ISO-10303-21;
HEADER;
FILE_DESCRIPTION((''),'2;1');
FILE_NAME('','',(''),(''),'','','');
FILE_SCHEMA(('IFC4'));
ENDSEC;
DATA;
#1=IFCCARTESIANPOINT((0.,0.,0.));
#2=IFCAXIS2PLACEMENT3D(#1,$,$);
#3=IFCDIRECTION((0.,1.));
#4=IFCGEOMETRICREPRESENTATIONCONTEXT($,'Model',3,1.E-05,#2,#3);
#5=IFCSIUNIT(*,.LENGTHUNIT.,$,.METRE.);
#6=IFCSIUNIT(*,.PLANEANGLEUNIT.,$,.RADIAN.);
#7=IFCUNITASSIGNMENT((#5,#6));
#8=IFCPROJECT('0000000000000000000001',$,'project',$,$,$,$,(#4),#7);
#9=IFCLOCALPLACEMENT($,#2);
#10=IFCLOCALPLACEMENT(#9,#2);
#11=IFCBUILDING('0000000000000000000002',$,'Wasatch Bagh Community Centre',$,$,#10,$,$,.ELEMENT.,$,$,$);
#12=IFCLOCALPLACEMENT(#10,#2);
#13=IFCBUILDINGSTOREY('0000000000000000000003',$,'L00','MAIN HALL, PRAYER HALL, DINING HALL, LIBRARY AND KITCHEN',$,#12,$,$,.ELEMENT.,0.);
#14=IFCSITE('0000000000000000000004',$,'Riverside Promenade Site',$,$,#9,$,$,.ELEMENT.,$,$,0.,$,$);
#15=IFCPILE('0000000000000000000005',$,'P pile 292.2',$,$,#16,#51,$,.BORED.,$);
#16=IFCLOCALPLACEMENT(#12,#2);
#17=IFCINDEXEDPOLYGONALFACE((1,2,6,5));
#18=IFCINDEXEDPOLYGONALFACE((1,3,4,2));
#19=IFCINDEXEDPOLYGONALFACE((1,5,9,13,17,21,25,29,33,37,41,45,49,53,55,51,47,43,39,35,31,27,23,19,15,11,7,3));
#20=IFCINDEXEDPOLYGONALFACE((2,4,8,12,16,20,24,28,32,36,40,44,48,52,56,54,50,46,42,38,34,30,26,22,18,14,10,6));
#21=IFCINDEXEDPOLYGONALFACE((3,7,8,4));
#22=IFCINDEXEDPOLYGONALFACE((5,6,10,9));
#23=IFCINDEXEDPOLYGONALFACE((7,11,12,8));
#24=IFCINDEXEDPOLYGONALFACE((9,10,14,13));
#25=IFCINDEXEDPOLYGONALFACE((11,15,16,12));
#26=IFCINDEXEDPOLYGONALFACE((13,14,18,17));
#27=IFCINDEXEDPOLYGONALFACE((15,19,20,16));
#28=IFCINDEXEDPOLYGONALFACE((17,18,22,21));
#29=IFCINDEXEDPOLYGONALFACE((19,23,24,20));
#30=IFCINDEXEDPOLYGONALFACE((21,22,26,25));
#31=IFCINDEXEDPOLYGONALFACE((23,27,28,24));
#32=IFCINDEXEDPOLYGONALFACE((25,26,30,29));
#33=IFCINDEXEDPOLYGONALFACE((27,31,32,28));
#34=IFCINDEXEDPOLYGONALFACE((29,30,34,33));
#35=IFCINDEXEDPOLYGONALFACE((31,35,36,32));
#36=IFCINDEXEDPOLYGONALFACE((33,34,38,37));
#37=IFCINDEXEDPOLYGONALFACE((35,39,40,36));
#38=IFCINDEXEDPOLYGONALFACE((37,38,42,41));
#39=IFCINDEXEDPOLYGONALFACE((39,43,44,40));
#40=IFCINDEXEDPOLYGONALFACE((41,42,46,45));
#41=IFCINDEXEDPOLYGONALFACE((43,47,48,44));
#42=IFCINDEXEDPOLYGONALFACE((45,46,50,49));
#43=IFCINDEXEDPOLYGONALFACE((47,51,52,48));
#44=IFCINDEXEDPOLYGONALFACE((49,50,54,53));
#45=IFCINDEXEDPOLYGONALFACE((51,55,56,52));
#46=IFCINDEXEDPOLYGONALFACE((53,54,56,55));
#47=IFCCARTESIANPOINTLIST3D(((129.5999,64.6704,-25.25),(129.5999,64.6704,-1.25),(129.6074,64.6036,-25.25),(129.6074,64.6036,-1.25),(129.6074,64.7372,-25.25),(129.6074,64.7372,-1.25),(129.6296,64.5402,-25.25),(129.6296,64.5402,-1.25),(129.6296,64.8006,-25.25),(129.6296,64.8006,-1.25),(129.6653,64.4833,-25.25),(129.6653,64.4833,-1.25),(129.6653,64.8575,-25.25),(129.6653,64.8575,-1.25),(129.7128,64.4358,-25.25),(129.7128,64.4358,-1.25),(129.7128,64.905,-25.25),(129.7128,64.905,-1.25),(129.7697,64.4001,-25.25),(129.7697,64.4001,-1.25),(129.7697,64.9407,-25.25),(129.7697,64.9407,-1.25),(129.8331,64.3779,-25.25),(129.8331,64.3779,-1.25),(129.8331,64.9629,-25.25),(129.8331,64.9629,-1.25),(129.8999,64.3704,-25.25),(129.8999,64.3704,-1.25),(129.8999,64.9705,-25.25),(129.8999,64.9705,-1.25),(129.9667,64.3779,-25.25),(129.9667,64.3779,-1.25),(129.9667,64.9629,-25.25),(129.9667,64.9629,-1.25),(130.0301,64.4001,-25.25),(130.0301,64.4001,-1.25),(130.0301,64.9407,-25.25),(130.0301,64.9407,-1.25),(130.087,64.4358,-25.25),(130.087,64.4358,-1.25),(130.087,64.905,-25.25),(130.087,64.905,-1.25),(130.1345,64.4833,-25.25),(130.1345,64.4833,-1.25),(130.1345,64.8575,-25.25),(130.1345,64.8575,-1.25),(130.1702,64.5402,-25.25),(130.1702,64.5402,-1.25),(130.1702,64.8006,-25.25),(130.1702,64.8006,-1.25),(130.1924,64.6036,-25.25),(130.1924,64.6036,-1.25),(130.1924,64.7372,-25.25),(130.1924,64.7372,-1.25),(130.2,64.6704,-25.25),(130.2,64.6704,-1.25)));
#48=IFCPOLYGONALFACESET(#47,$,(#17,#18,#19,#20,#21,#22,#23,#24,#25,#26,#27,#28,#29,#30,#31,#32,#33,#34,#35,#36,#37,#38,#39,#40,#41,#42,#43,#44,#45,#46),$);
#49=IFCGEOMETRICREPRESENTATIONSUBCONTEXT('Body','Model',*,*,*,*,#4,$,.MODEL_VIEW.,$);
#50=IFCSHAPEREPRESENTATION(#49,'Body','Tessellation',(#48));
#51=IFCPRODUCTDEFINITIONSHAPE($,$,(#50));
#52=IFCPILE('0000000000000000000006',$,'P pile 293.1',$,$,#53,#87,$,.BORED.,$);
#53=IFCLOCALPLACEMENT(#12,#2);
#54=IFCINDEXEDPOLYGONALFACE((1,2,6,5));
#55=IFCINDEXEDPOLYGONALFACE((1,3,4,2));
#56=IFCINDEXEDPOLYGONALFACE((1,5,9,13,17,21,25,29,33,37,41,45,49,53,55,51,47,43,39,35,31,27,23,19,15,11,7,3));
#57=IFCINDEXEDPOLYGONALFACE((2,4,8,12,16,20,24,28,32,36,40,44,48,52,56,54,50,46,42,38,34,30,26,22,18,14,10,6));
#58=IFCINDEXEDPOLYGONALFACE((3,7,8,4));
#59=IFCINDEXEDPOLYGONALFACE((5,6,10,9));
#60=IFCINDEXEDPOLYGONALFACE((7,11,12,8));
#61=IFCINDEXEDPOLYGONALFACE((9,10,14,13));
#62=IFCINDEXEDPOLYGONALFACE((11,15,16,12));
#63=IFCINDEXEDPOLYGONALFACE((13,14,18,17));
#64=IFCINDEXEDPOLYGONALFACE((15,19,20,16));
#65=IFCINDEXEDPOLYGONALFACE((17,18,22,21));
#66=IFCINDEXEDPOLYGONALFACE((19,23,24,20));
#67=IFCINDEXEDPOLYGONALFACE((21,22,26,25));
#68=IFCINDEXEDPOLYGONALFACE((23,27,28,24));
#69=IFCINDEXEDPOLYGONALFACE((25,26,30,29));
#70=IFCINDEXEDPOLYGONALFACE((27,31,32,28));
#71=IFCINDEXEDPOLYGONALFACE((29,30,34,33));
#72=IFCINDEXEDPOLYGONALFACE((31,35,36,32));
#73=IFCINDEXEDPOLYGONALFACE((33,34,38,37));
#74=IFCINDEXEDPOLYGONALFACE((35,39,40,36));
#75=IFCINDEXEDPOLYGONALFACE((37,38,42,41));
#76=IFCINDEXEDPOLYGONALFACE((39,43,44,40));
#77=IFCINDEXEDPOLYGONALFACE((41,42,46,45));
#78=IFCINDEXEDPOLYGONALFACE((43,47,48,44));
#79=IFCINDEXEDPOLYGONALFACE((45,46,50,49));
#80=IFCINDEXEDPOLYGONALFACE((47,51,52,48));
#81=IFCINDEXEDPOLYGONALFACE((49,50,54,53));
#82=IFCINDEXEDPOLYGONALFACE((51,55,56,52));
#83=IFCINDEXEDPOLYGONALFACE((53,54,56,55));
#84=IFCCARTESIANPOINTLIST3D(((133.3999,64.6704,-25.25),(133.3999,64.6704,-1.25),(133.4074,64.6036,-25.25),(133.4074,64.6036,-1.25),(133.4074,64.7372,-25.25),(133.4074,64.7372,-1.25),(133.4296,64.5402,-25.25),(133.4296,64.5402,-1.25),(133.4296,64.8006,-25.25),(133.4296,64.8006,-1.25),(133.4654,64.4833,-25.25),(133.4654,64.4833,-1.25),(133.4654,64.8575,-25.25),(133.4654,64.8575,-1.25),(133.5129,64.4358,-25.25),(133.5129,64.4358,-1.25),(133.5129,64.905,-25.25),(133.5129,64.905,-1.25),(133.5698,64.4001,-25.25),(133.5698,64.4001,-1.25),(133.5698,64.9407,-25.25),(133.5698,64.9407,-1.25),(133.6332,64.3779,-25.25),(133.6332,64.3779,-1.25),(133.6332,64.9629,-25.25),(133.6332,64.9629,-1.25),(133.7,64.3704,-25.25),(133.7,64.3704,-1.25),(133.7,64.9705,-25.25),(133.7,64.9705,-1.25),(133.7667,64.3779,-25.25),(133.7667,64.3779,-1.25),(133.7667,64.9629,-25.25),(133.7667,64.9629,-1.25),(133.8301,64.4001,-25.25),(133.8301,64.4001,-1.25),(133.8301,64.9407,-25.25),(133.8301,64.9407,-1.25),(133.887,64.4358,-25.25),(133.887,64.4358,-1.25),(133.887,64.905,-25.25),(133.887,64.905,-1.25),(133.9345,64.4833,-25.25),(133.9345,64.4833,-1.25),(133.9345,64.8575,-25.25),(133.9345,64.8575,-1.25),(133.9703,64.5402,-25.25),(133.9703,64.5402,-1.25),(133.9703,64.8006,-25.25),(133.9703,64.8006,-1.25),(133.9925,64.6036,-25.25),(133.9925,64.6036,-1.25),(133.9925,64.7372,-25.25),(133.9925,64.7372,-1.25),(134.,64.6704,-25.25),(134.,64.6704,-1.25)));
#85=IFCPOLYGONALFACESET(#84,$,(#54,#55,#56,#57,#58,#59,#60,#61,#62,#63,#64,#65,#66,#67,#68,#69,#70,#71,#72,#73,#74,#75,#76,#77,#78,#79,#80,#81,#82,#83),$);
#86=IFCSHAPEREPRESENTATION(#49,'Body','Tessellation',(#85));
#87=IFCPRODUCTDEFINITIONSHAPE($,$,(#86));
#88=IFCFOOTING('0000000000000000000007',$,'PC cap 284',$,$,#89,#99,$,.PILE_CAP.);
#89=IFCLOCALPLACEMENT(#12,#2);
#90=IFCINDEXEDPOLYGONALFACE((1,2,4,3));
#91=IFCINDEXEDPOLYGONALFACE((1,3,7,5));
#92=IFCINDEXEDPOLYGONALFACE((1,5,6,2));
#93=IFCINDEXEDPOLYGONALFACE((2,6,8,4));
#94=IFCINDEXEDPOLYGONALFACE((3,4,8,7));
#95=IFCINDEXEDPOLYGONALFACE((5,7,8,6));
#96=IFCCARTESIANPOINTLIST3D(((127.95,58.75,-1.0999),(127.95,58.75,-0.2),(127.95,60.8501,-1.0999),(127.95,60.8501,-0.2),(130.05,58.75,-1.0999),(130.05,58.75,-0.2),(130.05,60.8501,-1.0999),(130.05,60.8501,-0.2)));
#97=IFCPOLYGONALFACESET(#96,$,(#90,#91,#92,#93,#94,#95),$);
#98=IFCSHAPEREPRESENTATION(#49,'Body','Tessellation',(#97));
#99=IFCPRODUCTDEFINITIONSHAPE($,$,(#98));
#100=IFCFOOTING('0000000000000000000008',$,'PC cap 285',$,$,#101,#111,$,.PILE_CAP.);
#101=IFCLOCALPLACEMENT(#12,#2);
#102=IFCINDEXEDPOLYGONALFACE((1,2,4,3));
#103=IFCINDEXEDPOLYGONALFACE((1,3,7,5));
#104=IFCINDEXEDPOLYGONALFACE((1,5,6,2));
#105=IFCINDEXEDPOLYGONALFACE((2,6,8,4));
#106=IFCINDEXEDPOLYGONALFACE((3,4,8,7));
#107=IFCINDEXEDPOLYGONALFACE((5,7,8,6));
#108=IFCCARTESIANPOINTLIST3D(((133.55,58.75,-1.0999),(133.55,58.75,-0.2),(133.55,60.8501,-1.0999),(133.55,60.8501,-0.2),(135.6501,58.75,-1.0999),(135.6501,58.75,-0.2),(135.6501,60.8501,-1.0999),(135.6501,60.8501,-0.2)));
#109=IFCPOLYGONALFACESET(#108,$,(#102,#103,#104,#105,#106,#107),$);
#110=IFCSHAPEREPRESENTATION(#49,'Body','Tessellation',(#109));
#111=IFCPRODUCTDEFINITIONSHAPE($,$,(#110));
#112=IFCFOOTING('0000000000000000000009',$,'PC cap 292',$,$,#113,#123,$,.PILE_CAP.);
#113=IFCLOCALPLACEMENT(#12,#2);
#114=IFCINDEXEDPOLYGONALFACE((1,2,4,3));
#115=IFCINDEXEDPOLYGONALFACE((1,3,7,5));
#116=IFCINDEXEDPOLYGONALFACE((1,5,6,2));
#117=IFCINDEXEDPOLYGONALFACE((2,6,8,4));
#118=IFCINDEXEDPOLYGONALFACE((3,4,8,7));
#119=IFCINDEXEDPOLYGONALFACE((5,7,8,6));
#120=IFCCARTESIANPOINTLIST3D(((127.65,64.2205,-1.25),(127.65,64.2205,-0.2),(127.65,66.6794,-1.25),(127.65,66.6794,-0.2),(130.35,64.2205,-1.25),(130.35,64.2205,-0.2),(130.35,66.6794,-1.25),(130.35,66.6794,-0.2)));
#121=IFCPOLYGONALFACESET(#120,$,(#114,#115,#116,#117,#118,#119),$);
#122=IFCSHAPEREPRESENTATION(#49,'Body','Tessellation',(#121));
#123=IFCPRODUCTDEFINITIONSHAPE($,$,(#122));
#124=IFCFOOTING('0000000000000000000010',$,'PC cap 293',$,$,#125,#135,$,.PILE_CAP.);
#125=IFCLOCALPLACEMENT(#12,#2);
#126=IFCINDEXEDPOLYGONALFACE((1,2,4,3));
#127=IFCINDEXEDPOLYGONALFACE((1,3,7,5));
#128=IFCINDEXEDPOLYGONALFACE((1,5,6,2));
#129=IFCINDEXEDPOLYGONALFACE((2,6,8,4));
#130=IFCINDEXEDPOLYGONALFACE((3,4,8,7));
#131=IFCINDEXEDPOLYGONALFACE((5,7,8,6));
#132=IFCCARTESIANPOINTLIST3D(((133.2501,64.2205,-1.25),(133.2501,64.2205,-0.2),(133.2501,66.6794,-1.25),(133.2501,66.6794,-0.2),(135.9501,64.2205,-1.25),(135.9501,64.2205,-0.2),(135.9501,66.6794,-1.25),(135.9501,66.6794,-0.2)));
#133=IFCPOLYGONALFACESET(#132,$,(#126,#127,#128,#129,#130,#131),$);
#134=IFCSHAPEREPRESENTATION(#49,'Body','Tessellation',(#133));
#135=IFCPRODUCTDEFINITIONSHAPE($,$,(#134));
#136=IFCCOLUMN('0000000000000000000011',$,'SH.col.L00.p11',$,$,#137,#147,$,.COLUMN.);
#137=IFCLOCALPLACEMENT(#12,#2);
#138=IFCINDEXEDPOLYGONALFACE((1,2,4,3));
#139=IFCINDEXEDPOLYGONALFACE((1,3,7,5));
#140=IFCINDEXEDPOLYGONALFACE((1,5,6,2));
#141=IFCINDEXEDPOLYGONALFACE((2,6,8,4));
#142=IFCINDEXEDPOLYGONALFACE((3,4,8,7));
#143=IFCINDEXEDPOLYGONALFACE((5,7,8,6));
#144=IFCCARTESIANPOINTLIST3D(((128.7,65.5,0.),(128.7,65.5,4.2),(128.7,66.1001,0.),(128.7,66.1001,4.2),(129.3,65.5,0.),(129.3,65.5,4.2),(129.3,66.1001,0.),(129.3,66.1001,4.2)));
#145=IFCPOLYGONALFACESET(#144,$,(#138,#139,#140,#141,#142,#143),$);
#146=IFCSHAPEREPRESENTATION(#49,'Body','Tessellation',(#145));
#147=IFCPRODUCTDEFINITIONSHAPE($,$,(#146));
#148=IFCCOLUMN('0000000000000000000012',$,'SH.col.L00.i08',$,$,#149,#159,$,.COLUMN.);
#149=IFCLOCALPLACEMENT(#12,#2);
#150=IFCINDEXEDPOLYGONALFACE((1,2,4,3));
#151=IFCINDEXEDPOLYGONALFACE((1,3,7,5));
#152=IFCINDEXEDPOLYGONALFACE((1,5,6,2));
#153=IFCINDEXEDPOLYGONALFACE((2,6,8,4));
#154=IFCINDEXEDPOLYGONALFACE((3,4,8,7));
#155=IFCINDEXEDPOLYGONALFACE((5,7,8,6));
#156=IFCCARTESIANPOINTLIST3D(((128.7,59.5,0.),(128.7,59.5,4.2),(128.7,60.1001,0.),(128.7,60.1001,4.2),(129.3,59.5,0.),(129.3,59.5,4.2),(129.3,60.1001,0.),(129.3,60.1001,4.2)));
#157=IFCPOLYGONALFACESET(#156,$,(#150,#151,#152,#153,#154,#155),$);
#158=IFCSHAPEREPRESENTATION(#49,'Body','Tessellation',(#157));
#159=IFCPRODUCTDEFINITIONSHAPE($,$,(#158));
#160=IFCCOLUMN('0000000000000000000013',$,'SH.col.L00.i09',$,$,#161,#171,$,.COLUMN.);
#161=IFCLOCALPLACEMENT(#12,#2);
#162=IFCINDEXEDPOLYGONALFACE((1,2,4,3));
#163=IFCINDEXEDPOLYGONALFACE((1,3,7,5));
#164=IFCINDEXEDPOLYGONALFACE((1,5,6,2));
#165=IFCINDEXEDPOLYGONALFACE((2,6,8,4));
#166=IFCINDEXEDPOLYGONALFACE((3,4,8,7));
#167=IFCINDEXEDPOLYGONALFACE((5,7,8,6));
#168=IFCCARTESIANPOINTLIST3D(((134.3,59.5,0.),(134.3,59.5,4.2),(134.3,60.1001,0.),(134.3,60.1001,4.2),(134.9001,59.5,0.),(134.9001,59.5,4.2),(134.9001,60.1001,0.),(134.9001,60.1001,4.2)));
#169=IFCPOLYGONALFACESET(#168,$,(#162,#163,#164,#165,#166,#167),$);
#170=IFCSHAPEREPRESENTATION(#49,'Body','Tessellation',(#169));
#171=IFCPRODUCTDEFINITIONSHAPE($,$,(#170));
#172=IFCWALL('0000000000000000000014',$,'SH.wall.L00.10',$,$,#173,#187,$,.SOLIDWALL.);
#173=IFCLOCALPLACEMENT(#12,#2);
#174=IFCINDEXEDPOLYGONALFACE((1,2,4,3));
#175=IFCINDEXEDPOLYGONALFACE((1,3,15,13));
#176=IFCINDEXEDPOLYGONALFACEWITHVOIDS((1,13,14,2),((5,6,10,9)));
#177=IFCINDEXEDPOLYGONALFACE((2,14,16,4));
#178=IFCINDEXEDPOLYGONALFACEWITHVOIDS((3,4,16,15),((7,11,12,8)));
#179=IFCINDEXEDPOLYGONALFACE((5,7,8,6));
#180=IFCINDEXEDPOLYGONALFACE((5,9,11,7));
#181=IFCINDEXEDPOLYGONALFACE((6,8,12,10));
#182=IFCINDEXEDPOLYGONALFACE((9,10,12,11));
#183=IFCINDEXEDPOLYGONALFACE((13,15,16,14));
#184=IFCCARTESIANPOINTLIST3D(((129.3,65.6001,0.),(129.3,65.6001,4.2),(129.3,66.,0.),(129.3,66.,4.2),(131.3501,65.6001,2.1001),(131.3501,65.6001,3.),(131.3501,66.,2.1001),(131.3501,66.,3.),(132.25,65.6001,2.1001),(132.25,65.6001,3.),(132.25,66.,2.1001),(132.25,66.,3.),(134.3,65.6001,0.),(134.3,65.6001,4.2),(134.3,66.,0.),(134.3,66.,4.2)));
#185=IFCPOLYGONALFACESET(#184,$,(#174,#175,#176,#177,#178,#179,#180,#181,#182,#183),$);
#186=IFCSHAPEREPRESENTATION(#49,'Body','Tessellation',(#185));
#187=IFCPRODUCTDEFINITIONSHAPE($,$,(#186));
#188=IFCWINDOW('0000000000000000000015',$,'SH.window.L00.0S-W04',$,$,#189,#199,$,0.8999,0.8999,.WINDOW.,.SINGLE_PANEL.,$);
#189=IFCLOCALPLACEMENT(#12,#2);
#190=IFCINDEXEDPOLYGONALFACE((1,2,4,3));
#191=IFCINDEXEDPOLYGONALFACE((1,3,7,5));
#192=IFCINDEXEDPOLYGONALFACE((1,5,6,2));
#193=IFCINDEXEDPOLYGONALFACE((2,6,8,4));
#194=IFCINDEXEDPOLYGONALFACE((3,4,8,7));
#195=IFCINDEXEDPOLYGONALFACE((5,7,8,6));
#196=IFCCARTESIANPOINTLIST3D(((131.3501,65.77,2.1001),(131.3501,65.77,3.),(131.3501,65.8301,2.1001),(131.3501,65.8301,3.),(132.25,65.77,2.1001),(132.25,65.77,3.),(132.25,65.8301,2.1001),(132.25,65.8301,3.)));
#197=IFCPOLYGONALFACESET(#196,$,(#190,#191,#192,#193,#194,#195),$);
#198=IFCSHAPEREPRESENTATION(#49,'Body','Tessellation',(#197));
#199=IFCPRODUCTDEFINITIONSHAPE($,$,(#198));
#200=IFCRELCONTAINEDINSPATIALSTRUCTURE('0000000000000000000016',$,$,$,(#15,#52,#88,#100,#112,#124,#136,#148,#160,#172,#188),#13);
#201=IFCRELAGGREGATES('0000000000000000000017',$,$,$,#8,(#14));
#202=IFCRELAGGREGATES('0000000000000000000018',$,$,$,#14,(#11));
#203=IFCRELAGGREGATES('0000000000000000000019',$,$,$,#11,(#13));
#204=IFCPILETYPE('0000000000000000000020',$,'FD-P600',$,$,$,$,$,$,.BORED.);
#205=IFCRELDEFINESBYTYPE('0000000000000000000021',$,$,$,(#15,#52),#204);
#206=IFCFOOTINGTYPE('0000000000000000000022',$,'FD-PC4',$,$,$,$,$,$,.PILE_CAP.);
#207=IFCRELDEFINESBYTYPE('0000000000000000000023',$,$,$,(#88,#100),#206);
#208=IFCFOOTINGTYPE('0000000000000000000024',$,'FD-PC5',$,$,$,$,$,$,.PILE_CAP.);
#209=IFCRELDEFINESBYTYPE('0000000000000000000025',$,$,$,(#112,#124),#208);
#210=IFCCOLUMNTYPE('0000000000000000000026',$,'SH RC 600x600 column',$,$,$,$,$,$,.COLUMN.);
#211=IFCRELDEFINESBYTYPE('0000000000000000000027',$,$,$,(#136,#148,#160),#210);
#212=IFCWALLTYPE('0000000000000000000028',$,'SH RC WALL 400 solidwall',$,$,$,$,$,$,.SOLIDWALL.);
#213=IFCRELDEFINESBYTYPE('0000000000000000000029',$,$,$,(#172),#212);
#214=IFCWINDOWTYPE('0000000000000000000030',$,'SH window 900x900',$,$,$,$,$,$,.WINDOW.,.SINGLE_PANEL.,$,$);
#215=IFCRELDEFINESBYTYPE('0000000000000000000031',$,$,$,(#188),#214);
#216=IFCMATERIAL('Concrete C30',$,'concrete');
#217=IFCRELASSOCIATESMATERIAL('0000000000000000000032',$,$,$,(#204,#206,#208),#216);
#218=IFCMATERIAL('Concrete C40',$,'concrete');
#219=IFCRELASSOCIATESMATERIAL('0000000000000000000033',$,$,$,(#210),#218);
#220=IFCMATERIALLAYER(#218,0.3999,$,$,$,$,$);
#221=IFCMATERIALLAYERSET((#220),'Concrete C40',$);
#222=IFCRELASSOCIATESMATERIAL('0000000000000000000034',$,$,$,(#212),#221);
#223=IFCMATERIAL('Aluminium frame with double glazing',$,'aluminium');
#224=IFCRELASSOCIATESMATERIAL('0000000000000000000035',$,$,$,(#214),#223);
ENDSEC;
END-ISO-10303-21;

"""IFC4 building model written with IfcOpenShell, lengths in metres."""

from ifc_helpers import new_model, si_unit, direction, frame, frame_2d, origin, origin_2d, place, context, subcontext, project, spatial, rectangle, circle, extrude, material, layer, layer_set, material_profile, profile_set, type_object, element, fill, save


model = new_model("IFC4")

# Units and contexts
model_context = context("Model", 3, precision=1e-05, world=origin(), true_north=direction((0.0, 1.0)))
body_context = subcontext(model_context, "Body", "Model", "MODEL_VIEW")
ifc_project = project(units=[si_unit("LENGTHUNIT", "METRE"), si_unit("PLANEANGLEUNIT", "RADIAN")], contexts=[model_context])

# Site, building, storey
site_placement = place(None, origin())
site = spatial("IfcSite", under=ifc_project, at=site_placement, Name="Riverside Promenade Site", CompositionType="ELEMENT", RefElevation=0.0)
building_placement = place(site_placement, origin())
building = spatial("IfcBuilding", under=site, at=building_placement, Name="Wasatch Bagh Community Centre", CompositionType="ELEMENT")
storey_placement = place(building_placement, origin())
storey = spatial("IfcBuildingStorey", under=building, at=storey_placement, Name="L00", Description="MAIN HALL, PRAYER HALL, DINING HALL, LIBRARY AND KITCHEN", CompositionType="ELEMENT", Elevation=0.0)

# Piles
ifc_material_1 = material(Name="Concrete C30", Category="concrete")
ifc_material_profile_1 = material_profile(ifc_material_1, circle(Radius=0.3, at=origin_2d()), Name="RC D600")
ifc_profile_set_1 = profile_set([ifc_material_profile_1], Name="Concrete C30")
pile_type_1 = type_object("IfcPileType", Name="FD-P600", PredefinedType="BORED", material=ifc_profile_set_1)
for number, where, z_axis, x_axis, name in (
    (1, (129.8999, 64.6704, -1.25), (0.0, 0.0, -1.0), (1.0, 0.0, 0.0), "P pile 292.2"),
    (2, (133.7, 64.6704, -1.25), (0.0, 0.0, -1.0), (1.0, 0.0, 0.0), "P pile 293.1"),
):
    element("IfcPile", number, at=place(storey_placement, frame(where, z_axis=z_axis, x_axis=x_axis)), inside=storey, type_object=pile_type_1, Name=name, PredefinedType="BORED", context=body_context, shape_type="SweptSolid", body=[
        extrude(circle(Radius=0.3, at=origin_2d()), origin(), (0.0, 0.0, 1.0), 24.0),
    ])

# Footings
footing_type_1 = type_object("IfcFootingType", Name="FD-PC4", PredefinedType="PILE_CAP", material=ifc_material_1)
for number, where, z_axis, x_axis, name in (
    (3, (129.0, 59.8, -1.0999), (0.0, 0.0, 1.0), (1.0, 0.0, 0.0), "PC cap 284"),
    (4, (134.6001, 59.8, -1.0999), (0.0, 0.0, 1.0), (1.0, 0.0, 0.0), "PC cap 285"),
):
    element("IfcFooting", number, at=place(storey_placement, frame(where, z_axis=z_axis, x_axis=x_axis)), inside=storey, type_object=footing_type_1, Name=name, PredefinedType="PILE_CAP", context=body_context, shape_type="SweptSolid", body=[
        extrude(rectangle(XDim=2.1001, YDim=2.1001, at=origin_2d()), origin(), (0.0, 0.0, 1.0), 0.8999),
    ])
footing_type_2 = type_object("IfcFootingType", Name="FD-PC5", PredefinedType="PILE_CAP", material=ifc_material_1)
for number, where, z_axis, x_axis, name in (
    (5, (129.0, 65.45, -1.25), (0.0, 0.0, 1.0), (1.0, 0.0, 0.0), "PC cap 292"),
    (6, (134.6001, 65.45, -1.25), (0.0, 0.0, 1.0), (1.0, 0.0, 0.0), "PC cap 293"),
):
    element("IfcFooting", number, at=place(storey_placement, frame(where, z_axis=z_axis, x_axis=x_axis)), inside=storey, type_object=footing_type_2, Name=name, PredefinedType="PILE_CAP", context=body_context, shape_type="SweptSolid", body=[
        extrude(rectangle(XDim=2.7, YDim=2.459, at=origin_2d()), origin(), (0.0, 0.0, 1.0), 1.05),
    ])

# Columns
ifc_material_2 = material(Name="Concrete C40", Category="concrete")
ifc_material_profile_2 = material_profile(ifc_material_2, rectangle(XDim=0.6001, YDim=0.6001, at=origin_2d()), Name="RC 600x600")
ifc_profile_set_2 = profile_set([ifc_material_profile_2], Name="Concrete C40")
column_type = type_object("IfcColumnType", Name="SH RC 600x600 column", PredefinedType="COLUMN", material=ifc_profile_set_2)
for number, where, z_axis, x_axis, name in (
    (7, (129.0, 65.8, 0.0), (0.0, 0.0, 1.0), (1.0, 0.0, 0.0), "SH.col.L00.p11"),
    (8, (129.0, 59.8, 0.0), (0.0, 0.0, 1.0), (1.0, 0.0, 0.0), "SH.col.L00.i08"),
    (9, (134.6001, 59.8, 0.0), (0.0, 0.0, 1.0), (1.0, 0.0, 0.0), "SH.col.L00.i09"),
):
    element("IfcColumn", number, at=place(storey_placement, frame(where, z_axis=z_axis, x_axis=x_axis)), inside=storey, type_object=column_type, Name=name, PredefinedType="COLUMN", context=body_context, shape_type="SweptSolid", body=[
        extrude(rectangle(XDim=0.6001, YDim=0.6001, at=origin_2d()), origin(), (0.0, 0.0, 1.0), 4.2),
    ])

# Wall, opening, window
ifc_layer_1 = layer(ifc_material_2, 0.3999)
ifc_layer_set_1 = layer_set([ifc_layer_1], Name="Concrete C40")
wall_type_1 = type_object("IfcWallType", Name="SH RC WALL 400 solidwall", PredefinedType="SOLIDWALL", material=ifc_layer_set_1)
wall_1_placement = place(storey_placement, frame((129.3, 65.8, 0.0), z_axis=(0.0, 0.0, 1.0), x_axis=(1.0, 0.0, 0.0)))
wall_1 = element("IfcWall", 10, at=wall_1_placement, inside=storey, type_object=wall_type_1, Name="SH.wall.L00.10", PredefinedType="SOLIDWALL", context=body_context, shape_type="SweptSolid", body=[
    extrude(rectangle(XDim=5.0, YDim=0.3999, at=frame_2d((2.5, 0.0))), origin(), (0.0, 0.0, 1.0), 4.2),
])
opening_1_placement = place(wall_1_placement, frame((2.05, 0.0, 2.1001)))
opening_1 = element("IfcOpeningElement", 11, at=opening_1_placement, cuts=wall_1, PredefinedType="OPENING", context=body_context, shape_type="SweptSolid", body=[
    extrude(rectangle(XDim=0.8999, YDim=0.8999, at=frame_2d((0.45, 0.45))), frame((0.0, 0.21, 0.0), z_axis=(0.0, -1.0, 0.0), x_axis=(1.0, 0.0, 0.0)), (0.0, 0.0, 1.0), 0.4199),
])
ifc_material_3 = material(Name="Aluminium frame with double glazing", Category="aluminium")
window_type = type_object("IfcWindowType", Name="SH window 900x900", PartitioningType="SINGLE_PANEL", PredefinedType="WINDOW", material=ifc_material_3)
window_placement = place(opening_1_placement, origin())
window = element("IfcWindow", 12, at=window_placement, inside=storey, type_object=window_type, Name="SH.window.L00.0S-W04", OverallHeight=0.8999, OverallWidth=0.8999, PartitioningType="SINGLE_PANEL", PredefinedType="WINDOW", context=body_context, shape_type="SweptSolid", body=[
    extrude(rectangle(XDim=0.8999, YDim=0.8999, at=frame_2d((0.45, 0.45))), frame((0.0, 0.03, 0.0), z_axis=(0.0, -1.0, 0.0), x_axis=(1.0, 0.0, 0.0)), (0.0, 0.0, 1.0), 0.0601),
])
fill(opening_1, window)

save(model, "model.ifc")
